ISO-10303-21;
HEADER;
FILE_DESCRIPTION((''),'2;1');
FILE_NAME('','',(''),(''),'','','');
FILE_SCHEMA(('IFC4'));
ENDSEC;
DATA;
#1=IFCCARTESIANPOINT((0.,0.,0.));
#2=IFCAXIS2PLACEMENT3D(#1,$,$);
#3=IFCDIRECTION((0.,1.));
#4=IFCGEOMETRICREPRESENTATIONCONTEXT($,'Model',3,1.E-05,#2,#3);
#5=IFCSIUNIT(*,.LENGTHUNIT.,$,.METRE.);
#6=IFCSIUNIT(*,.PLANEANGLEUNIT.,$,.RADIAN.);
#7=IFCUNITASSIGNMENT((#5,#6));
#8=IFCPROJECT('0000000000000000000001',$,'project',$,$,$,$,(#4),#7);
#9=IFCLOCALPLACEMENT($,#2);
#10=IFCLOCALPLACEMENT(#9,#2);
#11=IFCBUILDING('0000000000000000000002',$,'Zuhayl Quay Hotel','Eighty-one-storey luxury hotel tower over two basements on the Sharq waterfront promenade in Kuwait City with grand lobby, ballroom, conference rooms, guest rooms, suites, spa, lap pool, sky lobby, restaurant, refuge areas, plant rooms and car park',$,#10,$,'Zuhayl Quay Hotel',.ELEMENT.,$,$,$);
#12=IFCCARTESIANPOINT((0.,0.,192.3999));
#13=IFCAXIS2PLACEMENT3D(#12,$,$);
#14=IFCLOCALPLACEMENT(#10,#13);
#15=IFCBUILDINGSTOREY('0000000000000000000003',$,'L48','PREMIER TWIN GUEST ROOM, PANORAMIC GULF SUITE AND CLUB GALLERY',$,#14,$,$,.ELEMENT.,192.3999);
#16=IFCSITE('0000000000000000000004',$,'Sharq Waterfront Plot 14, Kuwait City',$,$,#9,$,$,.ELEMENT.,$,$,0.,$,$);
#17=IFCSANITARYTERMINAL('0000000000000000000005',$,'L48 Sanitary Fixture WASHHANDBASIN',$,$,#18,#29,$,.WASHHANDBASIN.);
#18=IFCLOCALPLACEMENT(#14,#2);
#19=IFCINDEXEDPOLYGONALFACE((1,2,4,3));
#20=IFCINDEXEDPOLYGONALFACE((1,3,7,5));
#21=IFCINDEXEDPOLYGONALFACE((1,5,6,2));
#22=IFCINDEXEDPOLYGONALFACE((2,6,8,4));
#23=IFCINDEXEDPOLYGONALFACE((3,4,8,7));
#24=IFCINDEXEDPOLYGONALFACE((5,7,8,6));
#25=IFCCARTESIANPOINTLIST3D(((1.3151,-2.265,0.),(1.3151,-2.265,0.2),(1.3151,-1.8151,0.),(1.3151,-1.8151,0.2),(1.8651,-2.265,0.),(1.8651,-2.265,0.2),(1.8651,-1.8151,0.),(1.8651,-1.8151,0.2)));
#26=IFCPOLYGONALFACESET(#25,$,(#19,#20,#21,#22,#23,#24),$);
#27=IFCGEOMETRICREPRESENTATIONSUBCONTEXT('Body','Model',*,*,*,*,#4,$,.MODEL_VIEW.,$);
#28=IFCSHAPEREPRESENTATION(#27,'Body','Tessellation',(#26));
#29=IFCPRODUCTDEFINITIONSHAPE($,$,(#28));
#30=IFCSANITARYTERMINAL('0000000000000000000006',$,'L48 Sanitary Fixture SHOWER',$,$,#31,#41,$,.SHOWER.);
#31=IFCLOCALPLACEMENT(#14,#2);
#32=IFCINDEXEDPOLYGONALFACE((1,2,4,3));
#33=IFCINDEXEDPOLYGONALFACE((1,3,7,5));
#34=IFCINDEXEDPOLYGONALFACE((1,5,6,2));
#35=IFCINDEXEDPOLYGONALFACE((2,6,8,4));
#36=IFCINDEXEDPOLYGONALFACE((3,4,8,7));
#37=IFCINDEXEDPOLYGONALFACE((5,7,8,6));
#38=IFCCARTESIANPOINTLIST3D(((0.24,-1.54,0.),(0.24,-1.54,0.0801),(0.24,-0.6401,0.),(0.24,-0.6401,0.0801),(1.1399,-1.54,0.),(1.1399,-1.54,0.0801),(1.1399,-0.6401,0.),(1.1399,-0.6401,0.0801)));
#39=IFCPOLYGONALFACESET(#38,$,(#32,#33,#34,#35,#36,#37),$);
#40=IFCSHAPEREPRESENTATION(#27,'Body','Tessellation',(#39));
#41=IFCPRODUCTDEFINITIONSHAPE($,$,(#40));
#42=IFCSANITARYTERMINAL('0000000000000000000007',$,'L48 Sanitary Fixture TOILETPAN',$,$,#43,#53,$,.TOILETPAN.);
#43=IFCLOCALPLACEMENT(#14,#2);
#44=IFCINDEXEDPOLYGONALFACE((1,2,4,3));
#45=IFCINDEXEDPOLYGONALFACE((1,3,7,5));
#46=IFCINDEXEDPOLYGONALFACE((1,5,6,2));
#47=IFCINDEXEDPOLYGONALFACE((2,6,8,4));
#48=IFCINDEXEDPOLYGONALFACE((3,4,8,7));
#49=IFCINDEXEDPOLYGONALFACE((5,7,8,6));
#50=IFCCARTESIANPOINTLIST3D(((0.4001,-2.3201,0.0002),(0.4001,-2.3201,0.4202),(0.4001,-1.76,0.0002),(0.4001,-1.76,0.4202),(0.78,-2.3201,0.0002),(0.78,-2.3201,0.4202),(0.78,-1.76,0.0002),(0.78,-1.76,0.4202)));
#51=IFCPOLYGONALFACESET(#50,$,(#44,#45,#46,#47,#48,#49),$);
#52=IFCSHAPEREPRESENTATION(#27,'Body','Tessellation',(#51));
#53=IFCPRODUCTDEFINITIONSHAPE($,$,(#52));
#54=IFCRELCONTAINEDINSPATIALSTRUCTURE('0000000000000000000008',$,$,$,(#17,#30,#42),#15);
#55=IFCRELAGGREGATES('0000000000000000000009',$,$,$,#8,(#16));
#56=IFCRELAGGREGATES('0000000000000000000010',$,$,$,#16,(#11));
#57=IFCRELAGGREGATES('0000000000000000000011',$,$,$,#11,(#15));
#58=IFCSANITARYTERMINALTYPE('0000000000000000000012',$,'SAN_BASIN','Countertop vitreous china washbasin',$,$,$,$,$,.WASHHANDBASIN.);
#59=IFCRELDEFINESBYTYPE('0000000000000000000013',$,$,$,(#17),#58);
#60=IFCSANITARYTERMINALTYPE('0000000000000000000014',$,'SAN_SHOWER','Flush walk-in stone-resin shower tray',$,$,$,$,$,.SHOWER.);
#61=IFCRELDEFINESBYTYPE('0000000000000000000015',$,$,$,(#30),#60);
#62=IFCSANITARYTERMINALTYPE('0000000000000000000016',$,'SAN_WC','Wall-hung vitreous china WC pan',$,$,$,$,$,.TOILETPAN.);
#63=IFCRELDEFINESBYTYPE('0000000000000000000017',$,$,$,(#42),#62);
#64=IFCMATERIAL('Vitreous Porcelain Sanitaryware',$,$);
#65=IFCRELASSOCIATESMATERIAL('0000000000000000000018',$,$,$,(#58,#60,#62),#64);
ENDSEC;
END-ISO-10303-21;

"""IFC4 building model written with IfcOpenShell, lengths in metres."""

from ifc_helpers import new_model, si_unit, direction, frame, origin, origin_2d, place, context, subcontext, project, spatial, rectangle, extrude, material, type_object, element, save


model = new_model("IFC4")

# Units and contexts
model_context = context("Model", 3, precision=1e-05, world=origin(), true_north=direction((0.0, 1.0)))
body_context = subcontext(model_context, "Body", "Model", "MODEL_VIEW")
ifc_project = project(units=[si_unit("LENGTHUNIT", "METRE"), si_unit("PLANEANGLEUNIT", "RADIAN")], contexts=[model_context])

# Site, building, storey
site_placement = place(None, origin())
site = spatial("IfcSite", under=ifc_project, at=site_placement, Name="Sharq Waterfront Plot 14, Kuwait City", CompositionType="ELEMENT", RefElevation=0.0)
building_placement = place(site_placement, origin())
building = spatial("IfcBuilding", under=site, at=building_placement, Name="Zuhayl Quay Hotel", Description="Eighty-one-storey luxury hotel tower over two basements on the Sharq waterfront promenade in Kuwait City with grand lobby, ballroom, conference rooms, guest rooms, suites, spa, lap pool, sky lobby, restaurant, refuge areas, plant rooms and car park", LongName="Zuhayl Quay Hotel", CompositionType="ELEMENT")
storey_placement = place(building_placement, frame((0.0, 0.0, 192.3999)))
storey = spatial("IfcBuildingStorey", under=building, at=storey_placement, Name="L48", Description="PREMIER TWIN GUEST ROOM, PANORAMIC GULF SUITE AND CLUB GALLERY", CompositionType="ELEMENT", Elevation=192.3999)

# Sanitary terminals
ifc_material_1 = material(Name="Vitreous Porcelain Sanitaryware")
sanitary_terminal_type_1 = type_object("IfcSanitaryTerminalType", Name="SAN_BASIN", Description="Countertop vitreous china washbasin", PredefinedType="WASHHANDBASIN", material=ifc_material_1)
sanitary_terminal_1_placement = place(storey_placement, frame((1.5901, -2.04, 0.0), z_axis=(0.0, 0.0, 1.0), x_axis=(1.0, 0.0, 0.0)))
element("IfcSanitaryTerminal", 1, at=sanitary_terminal_1_placement, inside=storey, type_object=sanitary_terminal_type_1, Name="L48 Sanitary Fixture WASHHANDBASIN", PredefinedType="WASHHANDBASIN", context=body_context, shape_type="SweptSolid", body=[
    extrude(rectangle(XDim=0.55, YDim=0.45, at=origin_2d()), origin(), (0.0, 0.0, 1.0), 0.2),
])
sanitary_terminal_type_2 = type_object("IfcSanitaryTerminalType", Name="SAN_SHOWER", Description="Flush walk-in stone-resin shower tray", PredefinedType="SHOWER", material=ifc_material_1)
sanitary_terminal_2_placement = place(storey_placement, frame((0.6899, -1.0901, 0.0), z_axis=(0.0, 0.0, 1.0), x_axis=(1.0, 0.0, 0.0)))
element("IfcSanitaryTerminal", 2, at=sanitary_terminal_2_placement, inside=storey, type_object=sanitary_terminal_type_2, Name="L48 Sanitary Fixture SHOWER", PredefinedType="SHOWER", context=body_context, shape_type="SweptSolid", body=[
    extrude(rectangle(XDim=0.8999, YDim=0.8999, at=origin_2d()), origin(), (0.0, 0.0, 1.0), 0.0801),
])
sanitary_terminal_type_3 = type_object("IfcSanitaryTerminalType", Name="SAN_WC", Description="Wall-hung vitreous china WC pan", PredefinedType="TOILETPAN", material=ifc_material_1)
sanitary_terminal_3_placement = place(storey_placement, frame((0.5901, -2.04, 0.0002), z_axis=(0.0, 0.0, 1.0), x_axis=(1.0, 0.0, 0.0)))
element("IfcSanitaryTerminal", 3, at=sanitary_terminal_3_placement, inside=storey, type_object=sanitary_terminal_type_3, Name="L48 Sanitary Fixture TOILETPAN", PredefinedType="TOILETPAN", context=body_context, shape_type="SweptSolid", body=[
    extrude(rectangle(XDim=0.3799, YDim=0.5601, at=origin_2d()), origin(), (0.0, 0.0, 1.0), 0.4199),
])

save(model, "model.ifc")
